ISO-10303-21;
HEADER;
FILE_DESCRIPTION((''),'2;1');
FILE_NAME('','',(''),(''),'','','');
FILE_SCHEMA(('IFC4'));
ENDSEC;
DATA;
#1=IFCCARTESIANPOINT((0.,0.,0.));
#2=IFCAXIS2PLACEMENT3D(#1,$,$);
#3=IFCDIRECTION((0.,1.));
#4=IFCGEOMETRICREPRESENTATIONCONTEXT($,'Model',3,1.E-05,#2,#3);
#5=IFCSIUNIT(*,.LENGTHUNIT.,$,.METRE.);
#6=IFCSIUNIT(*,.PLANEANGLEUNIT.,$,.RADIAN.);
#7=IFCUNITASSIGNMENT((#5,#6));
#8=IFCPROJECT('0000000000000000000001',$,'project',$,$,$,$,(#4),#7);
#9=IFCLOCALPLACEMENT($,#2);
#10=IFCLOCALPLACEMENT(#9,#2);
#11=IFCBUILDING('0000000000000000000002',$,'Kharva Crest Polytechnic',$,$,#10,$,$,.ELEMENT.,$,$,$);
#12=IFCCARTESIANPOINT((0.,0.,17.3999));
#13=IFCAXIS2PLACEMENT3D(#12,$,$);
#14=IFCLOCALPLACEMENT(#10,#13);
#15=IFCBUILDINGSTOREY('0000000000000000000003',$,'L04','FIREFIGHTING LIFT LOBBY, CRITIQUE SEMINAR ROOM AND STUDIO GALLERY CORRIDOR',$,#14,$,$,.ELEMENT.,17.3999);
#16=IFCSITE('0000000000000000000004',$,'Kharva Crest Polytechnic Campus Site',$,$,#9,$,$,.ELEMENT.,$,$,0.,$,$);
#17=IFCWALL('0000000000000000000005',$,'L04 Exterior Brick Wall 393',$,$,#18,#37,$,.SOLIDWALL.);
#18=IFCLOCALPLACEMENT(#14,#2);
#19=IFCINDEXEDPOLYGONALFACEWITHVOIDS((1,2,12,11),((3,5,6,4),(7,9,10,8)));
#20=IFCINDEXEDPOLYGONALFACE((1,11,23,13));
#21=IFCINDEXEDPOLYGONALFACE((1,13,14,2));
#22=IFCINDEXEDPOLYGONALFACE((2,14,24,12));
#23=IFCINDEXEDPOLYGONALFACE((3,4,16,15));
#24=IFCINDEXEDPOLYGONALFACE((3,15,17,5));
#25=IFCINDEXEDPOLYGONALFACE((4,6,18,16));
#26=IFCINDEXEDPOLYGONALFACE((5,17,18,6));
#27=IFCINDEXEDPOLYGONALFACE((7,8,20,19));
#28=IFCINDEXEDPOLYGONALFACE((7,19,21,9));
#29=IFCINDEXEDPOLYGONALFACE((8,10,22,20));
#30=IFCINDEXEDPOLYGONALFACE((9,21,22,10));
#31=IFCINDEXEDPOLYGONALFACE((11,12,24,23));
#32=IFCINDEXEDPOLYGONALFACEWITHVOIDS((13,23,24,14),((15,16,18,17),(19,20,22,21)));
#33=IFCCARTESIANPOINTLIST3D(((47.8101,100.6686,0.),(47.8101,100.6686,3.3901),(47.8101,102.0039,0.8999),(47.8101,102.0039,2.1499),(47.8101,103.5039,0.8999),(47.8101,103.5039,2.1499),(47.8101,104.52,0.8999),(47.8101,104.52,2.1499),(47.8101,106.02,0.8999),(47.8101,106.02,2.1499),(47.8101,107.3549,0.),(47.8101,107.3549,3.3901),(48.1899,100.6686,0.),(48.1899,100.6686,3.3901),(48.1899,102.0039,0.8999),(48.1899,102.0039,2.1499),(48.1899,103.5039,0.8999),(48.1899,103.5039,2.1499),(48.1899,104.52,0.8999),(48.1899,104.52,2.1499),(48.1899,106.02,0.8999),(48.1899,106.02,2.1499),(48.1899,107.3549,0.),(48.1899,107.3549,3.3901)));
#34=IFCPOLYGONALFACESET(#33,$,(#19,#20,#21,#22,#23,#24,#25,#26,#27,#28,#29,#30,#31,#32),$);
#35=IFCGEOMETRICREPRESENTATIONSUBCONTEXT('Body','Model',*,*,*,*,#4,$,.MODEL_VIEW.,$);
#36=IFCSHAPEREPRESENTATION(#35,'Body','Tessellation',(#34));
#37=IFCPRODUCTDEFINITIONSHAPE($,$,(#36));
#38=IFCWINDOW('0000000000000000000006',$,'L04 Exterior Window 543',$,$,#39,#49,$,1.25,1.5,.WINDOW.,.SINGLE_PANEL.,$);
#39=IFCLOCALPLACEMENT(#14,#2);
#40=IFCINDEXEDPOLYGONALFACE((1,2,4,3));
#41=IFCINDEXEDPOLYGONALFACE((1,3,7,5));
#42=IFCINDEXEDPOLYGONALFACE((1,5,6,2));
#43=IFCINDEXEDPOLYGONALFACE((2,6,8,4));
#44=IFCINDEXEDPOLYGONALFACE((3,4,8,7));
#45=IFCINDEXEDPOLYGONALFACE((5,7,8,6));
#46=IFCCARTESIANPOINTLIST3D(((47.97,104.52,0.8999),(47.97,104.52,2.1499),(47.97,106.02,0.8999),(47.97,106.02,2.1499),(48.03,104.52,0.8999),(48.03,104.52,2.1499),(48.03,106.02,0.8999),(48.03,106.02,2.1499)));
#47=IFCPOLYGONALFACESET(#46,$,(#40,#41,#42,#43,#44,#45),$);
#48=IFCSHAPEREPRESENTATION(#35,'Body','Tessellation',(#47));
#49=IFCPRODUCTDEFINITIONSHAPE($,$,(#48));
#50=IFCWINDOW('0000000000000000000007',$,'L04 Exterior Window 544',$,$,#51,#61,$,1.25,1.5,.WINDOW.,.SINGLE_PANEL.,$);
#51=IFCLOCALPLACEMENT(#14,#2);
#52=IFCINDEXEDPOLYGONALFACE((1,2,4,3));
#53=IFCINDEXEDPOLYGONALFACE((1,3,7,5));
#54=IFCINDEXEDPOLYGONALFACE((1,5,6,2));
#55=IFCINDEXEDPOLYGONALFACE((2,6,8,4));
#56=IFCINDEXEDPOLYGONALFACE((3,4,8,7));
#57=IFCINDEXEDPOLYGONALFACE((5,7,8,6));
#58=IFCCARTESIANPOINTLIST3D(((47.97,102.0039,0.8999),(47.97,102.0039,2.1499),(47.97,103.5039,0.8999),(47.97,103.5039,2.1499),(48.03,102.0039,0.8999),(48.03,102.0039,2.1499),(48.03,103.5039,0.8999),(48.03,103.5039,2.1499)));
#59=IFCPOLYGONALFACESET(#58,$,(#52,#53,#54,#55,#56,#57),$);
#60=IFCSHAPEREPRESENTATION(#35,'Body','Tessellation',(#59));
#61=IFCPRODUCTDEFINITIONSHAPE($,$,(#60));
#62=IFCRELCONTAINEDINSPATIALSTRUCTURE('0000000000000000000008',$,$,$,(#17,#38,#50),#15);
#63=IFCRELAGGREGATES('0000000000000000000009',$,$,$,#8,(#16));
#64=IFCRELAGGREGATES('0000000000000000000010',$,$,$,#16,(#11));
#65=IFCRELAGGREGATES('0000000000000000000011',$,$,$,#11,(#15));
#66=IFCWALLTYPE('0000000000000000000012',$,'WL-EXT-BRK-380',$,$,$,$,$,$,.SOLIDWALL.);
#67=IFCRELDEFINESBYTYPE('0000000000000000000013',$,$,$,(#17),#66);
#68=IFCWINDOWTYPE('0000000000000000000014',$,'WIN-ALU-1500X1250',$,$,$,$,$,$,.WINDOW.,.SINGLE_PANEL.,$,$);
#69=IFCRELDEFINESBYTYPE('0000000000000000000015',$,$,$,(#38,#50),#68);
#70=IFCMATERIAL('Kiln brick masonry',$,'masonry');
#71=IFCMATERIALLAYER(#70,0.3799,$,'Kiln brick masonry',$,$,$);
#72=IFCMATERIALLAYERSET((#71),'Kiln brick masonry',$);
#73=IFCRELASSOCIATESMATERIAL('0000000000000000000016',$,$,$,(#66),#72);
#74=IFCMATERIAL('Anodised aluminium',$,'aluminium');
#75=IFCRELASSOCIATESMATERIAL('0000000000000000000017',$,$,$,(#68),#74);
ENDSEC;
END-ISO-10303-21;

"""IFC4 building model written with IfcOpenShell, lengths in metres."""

from ifc_helpers import new_model, si_unit, direction, frame, frame_2d, origin, place, context, subcontext, project, spatial, rectangle, extrude, material, layer, layer_set, type_object, element, fill, save


model = new_model("IFC4")

# Units and contexts
model_context = context("Model", 3, precision=1e-05, world=origin(), true_north=direction((0.0, 1.0)))
body_context = subcontext(model_context, "Body", "Model", "MODEL_VIEW")
ifc_project = project(units=[si_unit("LENGTHUNIT", "METRE"), si_unit("PLANEANGLEUNIT", "RADIAN")], contexts=[model_context])

# Site, building, storey
site_placement = place(None, origin())
site = spatial("IfcSite", under=ifc_project, at=site_placement, Name="Kharva Crest Polytechnic Campus Site", CompositionType="ELEMENT", RefElevation=0.0)
building_placement = place(site_placement, origin())
building = spatial("IfcBuilding", under=site, at=building_placement, Name="Kharva Crest Polytechnic", CompositionType="ELEMENT")
storey_placement = place(building_placement, frame((0.0, 0.0, 17.3999)))
storey = spatial("IfcBuildingStorey", under=building, at=storey_placement, Name="L04", Description="FIREFIGHTING LIFT LOBBY, CRITIQUE SEMINAR ROOM AND STUDIO GALLERY CORRIDOR", CompositionType="ELEMENT", Elevation=17.3999)

# Wall, openings, windows
ifc_material_1 = material(Name="Kiln brick masonry", Category="masonry")
ifc_material_2 = material(Name="Anodised aluminium", Category="aluminium")
ifc_layer_1 = layer(ifc_material_1, 0.3799, Name="Kiln brick masonry")
ifc_layer_set_1 = layer_set([ifc_layer_1], Name="Kiln brick masonry")
wall_type_1 = type_object("IfcWallType", Name="WL-EXT-BRK-380", PredefinedType="SOLIDWALL", material=ifc_layer_set_1)
wall_1_placement = place(storey_placement, frame((48.0, 107.355, 0.0), z_axis=(0.0, 0.0, 1.0), x_axis=(0.0, -1.0, 0.0)))
wall_1 = element("IfcWall", 1, at=wall_1_placement, inside=storey, type_object=wall_type_1, Name="L04 Exterior Brick Wall 393", PredefinedType="SOLIDWALL", context=body_context, shape_type="SweptSolid", body=[
    extrude(rectangle(XDim=6.6863, YDim=0.3799, at=frame_2d((3.3433, 0.0))), origin(), (0.0, 0.0, 1.0), 3.3901),
])
opening_1_placement = place(wall_1_placement, frame((1.335, 0.0, 0.8999)))
opening_1 = element("IfcOpeningElement", 2, at=opening_1_placement, cuts=wall_1, PredefinedType="OPENING", context=body_context, shape_type="SweptSolid", body=[
    extrude(rectangle(XDim=1.5, YDim=1.25, at=frame_2d((0.75, 0.625))), frame((0.0, 0.2, 0.0), z_axis=(0.0, -1.0, 0.0), x_axis=(1.0, 0.0, 0.0)), (0.0, 0.0, 1.0), 0.3999),
])
opening_2_placement = place(wall_1_placement, frame((3.8511, 0.0, 0.8999)))
opening_2 = element("IfcOpeningElement", 3, at=opening_2_placement, cuts=wall_1, PredefinedType="OPENING", context=body_context, shape_type="SweptSolid", body=[
    extrude(rectangle(XDim=1.5, YDim=1.25, at=frame_2d((0.75, 0.625))), frame((0.0, 0.2, 0.0), z_axis=(0.0, -1.0, 0.0), x_axis=(1.0, 0.0, 0.0)), (0.0, 0.0, 1.0), 0.3999),
])
window_type_1 = type_object("IfcWindowType", Name="WIN-ALU-1500X1250", PartitioningType="SINGLE_PANEL", PredefinedType="WINDOW", material=ifc_material_2)
window_1_placement = place(opening_1_placement, origin())
window_1 = element("IfcWindow", 4, at=window_1_placement, inside=storey, type_object=window_type_1, Name="L04 Exterior Window 543", OverallHeight=1.25, OverallWidth=1.5, PartitioningType="SINGLE_PANEL", PredefinedType="WINDOW", context=body_context, shape_type="SweptSolid", body=[
    extrude(rectangle(XDim=1.5, YDim=1.25, at=frame_2d((0.75, 0.625))), frame((0.0, 0.03, 0.0), z_axis=(0.0, -1.0, 0.0), x_axis=(1.0, 0.0, 0.0)), (0.0, 0.0, 1.0), 0.0601),
])
fill(opening_1, window_1)
window_2_placement = place(opening_2_placement, origin())
window_2 = element("IfcWindow", 5, at=window_2_placement, inside=storey, type_object=window_type_1, Name="L04 Exterior Window 544", OverallHeight=1.25, OverallWidth=1.5, PartitioningType="SINGLE_PANEL", PredefinedType="WINDOW", context=body_context, shape_type="SweptSolid", body=[
    extrude(rectangle(XDim=1.5, YDim=1.25, at=frame_2d((0.75, 0.625))), frame((0.0, 0.03, 0.0), z_axis=(0.0, -1.0, 0.0), x_axis=(1.0, 0.0, 0.0)), (0.0, 0.0, 1.0), 0.0601),
])
fill(opening_2, window_2)

save(model, "model.ifc")
